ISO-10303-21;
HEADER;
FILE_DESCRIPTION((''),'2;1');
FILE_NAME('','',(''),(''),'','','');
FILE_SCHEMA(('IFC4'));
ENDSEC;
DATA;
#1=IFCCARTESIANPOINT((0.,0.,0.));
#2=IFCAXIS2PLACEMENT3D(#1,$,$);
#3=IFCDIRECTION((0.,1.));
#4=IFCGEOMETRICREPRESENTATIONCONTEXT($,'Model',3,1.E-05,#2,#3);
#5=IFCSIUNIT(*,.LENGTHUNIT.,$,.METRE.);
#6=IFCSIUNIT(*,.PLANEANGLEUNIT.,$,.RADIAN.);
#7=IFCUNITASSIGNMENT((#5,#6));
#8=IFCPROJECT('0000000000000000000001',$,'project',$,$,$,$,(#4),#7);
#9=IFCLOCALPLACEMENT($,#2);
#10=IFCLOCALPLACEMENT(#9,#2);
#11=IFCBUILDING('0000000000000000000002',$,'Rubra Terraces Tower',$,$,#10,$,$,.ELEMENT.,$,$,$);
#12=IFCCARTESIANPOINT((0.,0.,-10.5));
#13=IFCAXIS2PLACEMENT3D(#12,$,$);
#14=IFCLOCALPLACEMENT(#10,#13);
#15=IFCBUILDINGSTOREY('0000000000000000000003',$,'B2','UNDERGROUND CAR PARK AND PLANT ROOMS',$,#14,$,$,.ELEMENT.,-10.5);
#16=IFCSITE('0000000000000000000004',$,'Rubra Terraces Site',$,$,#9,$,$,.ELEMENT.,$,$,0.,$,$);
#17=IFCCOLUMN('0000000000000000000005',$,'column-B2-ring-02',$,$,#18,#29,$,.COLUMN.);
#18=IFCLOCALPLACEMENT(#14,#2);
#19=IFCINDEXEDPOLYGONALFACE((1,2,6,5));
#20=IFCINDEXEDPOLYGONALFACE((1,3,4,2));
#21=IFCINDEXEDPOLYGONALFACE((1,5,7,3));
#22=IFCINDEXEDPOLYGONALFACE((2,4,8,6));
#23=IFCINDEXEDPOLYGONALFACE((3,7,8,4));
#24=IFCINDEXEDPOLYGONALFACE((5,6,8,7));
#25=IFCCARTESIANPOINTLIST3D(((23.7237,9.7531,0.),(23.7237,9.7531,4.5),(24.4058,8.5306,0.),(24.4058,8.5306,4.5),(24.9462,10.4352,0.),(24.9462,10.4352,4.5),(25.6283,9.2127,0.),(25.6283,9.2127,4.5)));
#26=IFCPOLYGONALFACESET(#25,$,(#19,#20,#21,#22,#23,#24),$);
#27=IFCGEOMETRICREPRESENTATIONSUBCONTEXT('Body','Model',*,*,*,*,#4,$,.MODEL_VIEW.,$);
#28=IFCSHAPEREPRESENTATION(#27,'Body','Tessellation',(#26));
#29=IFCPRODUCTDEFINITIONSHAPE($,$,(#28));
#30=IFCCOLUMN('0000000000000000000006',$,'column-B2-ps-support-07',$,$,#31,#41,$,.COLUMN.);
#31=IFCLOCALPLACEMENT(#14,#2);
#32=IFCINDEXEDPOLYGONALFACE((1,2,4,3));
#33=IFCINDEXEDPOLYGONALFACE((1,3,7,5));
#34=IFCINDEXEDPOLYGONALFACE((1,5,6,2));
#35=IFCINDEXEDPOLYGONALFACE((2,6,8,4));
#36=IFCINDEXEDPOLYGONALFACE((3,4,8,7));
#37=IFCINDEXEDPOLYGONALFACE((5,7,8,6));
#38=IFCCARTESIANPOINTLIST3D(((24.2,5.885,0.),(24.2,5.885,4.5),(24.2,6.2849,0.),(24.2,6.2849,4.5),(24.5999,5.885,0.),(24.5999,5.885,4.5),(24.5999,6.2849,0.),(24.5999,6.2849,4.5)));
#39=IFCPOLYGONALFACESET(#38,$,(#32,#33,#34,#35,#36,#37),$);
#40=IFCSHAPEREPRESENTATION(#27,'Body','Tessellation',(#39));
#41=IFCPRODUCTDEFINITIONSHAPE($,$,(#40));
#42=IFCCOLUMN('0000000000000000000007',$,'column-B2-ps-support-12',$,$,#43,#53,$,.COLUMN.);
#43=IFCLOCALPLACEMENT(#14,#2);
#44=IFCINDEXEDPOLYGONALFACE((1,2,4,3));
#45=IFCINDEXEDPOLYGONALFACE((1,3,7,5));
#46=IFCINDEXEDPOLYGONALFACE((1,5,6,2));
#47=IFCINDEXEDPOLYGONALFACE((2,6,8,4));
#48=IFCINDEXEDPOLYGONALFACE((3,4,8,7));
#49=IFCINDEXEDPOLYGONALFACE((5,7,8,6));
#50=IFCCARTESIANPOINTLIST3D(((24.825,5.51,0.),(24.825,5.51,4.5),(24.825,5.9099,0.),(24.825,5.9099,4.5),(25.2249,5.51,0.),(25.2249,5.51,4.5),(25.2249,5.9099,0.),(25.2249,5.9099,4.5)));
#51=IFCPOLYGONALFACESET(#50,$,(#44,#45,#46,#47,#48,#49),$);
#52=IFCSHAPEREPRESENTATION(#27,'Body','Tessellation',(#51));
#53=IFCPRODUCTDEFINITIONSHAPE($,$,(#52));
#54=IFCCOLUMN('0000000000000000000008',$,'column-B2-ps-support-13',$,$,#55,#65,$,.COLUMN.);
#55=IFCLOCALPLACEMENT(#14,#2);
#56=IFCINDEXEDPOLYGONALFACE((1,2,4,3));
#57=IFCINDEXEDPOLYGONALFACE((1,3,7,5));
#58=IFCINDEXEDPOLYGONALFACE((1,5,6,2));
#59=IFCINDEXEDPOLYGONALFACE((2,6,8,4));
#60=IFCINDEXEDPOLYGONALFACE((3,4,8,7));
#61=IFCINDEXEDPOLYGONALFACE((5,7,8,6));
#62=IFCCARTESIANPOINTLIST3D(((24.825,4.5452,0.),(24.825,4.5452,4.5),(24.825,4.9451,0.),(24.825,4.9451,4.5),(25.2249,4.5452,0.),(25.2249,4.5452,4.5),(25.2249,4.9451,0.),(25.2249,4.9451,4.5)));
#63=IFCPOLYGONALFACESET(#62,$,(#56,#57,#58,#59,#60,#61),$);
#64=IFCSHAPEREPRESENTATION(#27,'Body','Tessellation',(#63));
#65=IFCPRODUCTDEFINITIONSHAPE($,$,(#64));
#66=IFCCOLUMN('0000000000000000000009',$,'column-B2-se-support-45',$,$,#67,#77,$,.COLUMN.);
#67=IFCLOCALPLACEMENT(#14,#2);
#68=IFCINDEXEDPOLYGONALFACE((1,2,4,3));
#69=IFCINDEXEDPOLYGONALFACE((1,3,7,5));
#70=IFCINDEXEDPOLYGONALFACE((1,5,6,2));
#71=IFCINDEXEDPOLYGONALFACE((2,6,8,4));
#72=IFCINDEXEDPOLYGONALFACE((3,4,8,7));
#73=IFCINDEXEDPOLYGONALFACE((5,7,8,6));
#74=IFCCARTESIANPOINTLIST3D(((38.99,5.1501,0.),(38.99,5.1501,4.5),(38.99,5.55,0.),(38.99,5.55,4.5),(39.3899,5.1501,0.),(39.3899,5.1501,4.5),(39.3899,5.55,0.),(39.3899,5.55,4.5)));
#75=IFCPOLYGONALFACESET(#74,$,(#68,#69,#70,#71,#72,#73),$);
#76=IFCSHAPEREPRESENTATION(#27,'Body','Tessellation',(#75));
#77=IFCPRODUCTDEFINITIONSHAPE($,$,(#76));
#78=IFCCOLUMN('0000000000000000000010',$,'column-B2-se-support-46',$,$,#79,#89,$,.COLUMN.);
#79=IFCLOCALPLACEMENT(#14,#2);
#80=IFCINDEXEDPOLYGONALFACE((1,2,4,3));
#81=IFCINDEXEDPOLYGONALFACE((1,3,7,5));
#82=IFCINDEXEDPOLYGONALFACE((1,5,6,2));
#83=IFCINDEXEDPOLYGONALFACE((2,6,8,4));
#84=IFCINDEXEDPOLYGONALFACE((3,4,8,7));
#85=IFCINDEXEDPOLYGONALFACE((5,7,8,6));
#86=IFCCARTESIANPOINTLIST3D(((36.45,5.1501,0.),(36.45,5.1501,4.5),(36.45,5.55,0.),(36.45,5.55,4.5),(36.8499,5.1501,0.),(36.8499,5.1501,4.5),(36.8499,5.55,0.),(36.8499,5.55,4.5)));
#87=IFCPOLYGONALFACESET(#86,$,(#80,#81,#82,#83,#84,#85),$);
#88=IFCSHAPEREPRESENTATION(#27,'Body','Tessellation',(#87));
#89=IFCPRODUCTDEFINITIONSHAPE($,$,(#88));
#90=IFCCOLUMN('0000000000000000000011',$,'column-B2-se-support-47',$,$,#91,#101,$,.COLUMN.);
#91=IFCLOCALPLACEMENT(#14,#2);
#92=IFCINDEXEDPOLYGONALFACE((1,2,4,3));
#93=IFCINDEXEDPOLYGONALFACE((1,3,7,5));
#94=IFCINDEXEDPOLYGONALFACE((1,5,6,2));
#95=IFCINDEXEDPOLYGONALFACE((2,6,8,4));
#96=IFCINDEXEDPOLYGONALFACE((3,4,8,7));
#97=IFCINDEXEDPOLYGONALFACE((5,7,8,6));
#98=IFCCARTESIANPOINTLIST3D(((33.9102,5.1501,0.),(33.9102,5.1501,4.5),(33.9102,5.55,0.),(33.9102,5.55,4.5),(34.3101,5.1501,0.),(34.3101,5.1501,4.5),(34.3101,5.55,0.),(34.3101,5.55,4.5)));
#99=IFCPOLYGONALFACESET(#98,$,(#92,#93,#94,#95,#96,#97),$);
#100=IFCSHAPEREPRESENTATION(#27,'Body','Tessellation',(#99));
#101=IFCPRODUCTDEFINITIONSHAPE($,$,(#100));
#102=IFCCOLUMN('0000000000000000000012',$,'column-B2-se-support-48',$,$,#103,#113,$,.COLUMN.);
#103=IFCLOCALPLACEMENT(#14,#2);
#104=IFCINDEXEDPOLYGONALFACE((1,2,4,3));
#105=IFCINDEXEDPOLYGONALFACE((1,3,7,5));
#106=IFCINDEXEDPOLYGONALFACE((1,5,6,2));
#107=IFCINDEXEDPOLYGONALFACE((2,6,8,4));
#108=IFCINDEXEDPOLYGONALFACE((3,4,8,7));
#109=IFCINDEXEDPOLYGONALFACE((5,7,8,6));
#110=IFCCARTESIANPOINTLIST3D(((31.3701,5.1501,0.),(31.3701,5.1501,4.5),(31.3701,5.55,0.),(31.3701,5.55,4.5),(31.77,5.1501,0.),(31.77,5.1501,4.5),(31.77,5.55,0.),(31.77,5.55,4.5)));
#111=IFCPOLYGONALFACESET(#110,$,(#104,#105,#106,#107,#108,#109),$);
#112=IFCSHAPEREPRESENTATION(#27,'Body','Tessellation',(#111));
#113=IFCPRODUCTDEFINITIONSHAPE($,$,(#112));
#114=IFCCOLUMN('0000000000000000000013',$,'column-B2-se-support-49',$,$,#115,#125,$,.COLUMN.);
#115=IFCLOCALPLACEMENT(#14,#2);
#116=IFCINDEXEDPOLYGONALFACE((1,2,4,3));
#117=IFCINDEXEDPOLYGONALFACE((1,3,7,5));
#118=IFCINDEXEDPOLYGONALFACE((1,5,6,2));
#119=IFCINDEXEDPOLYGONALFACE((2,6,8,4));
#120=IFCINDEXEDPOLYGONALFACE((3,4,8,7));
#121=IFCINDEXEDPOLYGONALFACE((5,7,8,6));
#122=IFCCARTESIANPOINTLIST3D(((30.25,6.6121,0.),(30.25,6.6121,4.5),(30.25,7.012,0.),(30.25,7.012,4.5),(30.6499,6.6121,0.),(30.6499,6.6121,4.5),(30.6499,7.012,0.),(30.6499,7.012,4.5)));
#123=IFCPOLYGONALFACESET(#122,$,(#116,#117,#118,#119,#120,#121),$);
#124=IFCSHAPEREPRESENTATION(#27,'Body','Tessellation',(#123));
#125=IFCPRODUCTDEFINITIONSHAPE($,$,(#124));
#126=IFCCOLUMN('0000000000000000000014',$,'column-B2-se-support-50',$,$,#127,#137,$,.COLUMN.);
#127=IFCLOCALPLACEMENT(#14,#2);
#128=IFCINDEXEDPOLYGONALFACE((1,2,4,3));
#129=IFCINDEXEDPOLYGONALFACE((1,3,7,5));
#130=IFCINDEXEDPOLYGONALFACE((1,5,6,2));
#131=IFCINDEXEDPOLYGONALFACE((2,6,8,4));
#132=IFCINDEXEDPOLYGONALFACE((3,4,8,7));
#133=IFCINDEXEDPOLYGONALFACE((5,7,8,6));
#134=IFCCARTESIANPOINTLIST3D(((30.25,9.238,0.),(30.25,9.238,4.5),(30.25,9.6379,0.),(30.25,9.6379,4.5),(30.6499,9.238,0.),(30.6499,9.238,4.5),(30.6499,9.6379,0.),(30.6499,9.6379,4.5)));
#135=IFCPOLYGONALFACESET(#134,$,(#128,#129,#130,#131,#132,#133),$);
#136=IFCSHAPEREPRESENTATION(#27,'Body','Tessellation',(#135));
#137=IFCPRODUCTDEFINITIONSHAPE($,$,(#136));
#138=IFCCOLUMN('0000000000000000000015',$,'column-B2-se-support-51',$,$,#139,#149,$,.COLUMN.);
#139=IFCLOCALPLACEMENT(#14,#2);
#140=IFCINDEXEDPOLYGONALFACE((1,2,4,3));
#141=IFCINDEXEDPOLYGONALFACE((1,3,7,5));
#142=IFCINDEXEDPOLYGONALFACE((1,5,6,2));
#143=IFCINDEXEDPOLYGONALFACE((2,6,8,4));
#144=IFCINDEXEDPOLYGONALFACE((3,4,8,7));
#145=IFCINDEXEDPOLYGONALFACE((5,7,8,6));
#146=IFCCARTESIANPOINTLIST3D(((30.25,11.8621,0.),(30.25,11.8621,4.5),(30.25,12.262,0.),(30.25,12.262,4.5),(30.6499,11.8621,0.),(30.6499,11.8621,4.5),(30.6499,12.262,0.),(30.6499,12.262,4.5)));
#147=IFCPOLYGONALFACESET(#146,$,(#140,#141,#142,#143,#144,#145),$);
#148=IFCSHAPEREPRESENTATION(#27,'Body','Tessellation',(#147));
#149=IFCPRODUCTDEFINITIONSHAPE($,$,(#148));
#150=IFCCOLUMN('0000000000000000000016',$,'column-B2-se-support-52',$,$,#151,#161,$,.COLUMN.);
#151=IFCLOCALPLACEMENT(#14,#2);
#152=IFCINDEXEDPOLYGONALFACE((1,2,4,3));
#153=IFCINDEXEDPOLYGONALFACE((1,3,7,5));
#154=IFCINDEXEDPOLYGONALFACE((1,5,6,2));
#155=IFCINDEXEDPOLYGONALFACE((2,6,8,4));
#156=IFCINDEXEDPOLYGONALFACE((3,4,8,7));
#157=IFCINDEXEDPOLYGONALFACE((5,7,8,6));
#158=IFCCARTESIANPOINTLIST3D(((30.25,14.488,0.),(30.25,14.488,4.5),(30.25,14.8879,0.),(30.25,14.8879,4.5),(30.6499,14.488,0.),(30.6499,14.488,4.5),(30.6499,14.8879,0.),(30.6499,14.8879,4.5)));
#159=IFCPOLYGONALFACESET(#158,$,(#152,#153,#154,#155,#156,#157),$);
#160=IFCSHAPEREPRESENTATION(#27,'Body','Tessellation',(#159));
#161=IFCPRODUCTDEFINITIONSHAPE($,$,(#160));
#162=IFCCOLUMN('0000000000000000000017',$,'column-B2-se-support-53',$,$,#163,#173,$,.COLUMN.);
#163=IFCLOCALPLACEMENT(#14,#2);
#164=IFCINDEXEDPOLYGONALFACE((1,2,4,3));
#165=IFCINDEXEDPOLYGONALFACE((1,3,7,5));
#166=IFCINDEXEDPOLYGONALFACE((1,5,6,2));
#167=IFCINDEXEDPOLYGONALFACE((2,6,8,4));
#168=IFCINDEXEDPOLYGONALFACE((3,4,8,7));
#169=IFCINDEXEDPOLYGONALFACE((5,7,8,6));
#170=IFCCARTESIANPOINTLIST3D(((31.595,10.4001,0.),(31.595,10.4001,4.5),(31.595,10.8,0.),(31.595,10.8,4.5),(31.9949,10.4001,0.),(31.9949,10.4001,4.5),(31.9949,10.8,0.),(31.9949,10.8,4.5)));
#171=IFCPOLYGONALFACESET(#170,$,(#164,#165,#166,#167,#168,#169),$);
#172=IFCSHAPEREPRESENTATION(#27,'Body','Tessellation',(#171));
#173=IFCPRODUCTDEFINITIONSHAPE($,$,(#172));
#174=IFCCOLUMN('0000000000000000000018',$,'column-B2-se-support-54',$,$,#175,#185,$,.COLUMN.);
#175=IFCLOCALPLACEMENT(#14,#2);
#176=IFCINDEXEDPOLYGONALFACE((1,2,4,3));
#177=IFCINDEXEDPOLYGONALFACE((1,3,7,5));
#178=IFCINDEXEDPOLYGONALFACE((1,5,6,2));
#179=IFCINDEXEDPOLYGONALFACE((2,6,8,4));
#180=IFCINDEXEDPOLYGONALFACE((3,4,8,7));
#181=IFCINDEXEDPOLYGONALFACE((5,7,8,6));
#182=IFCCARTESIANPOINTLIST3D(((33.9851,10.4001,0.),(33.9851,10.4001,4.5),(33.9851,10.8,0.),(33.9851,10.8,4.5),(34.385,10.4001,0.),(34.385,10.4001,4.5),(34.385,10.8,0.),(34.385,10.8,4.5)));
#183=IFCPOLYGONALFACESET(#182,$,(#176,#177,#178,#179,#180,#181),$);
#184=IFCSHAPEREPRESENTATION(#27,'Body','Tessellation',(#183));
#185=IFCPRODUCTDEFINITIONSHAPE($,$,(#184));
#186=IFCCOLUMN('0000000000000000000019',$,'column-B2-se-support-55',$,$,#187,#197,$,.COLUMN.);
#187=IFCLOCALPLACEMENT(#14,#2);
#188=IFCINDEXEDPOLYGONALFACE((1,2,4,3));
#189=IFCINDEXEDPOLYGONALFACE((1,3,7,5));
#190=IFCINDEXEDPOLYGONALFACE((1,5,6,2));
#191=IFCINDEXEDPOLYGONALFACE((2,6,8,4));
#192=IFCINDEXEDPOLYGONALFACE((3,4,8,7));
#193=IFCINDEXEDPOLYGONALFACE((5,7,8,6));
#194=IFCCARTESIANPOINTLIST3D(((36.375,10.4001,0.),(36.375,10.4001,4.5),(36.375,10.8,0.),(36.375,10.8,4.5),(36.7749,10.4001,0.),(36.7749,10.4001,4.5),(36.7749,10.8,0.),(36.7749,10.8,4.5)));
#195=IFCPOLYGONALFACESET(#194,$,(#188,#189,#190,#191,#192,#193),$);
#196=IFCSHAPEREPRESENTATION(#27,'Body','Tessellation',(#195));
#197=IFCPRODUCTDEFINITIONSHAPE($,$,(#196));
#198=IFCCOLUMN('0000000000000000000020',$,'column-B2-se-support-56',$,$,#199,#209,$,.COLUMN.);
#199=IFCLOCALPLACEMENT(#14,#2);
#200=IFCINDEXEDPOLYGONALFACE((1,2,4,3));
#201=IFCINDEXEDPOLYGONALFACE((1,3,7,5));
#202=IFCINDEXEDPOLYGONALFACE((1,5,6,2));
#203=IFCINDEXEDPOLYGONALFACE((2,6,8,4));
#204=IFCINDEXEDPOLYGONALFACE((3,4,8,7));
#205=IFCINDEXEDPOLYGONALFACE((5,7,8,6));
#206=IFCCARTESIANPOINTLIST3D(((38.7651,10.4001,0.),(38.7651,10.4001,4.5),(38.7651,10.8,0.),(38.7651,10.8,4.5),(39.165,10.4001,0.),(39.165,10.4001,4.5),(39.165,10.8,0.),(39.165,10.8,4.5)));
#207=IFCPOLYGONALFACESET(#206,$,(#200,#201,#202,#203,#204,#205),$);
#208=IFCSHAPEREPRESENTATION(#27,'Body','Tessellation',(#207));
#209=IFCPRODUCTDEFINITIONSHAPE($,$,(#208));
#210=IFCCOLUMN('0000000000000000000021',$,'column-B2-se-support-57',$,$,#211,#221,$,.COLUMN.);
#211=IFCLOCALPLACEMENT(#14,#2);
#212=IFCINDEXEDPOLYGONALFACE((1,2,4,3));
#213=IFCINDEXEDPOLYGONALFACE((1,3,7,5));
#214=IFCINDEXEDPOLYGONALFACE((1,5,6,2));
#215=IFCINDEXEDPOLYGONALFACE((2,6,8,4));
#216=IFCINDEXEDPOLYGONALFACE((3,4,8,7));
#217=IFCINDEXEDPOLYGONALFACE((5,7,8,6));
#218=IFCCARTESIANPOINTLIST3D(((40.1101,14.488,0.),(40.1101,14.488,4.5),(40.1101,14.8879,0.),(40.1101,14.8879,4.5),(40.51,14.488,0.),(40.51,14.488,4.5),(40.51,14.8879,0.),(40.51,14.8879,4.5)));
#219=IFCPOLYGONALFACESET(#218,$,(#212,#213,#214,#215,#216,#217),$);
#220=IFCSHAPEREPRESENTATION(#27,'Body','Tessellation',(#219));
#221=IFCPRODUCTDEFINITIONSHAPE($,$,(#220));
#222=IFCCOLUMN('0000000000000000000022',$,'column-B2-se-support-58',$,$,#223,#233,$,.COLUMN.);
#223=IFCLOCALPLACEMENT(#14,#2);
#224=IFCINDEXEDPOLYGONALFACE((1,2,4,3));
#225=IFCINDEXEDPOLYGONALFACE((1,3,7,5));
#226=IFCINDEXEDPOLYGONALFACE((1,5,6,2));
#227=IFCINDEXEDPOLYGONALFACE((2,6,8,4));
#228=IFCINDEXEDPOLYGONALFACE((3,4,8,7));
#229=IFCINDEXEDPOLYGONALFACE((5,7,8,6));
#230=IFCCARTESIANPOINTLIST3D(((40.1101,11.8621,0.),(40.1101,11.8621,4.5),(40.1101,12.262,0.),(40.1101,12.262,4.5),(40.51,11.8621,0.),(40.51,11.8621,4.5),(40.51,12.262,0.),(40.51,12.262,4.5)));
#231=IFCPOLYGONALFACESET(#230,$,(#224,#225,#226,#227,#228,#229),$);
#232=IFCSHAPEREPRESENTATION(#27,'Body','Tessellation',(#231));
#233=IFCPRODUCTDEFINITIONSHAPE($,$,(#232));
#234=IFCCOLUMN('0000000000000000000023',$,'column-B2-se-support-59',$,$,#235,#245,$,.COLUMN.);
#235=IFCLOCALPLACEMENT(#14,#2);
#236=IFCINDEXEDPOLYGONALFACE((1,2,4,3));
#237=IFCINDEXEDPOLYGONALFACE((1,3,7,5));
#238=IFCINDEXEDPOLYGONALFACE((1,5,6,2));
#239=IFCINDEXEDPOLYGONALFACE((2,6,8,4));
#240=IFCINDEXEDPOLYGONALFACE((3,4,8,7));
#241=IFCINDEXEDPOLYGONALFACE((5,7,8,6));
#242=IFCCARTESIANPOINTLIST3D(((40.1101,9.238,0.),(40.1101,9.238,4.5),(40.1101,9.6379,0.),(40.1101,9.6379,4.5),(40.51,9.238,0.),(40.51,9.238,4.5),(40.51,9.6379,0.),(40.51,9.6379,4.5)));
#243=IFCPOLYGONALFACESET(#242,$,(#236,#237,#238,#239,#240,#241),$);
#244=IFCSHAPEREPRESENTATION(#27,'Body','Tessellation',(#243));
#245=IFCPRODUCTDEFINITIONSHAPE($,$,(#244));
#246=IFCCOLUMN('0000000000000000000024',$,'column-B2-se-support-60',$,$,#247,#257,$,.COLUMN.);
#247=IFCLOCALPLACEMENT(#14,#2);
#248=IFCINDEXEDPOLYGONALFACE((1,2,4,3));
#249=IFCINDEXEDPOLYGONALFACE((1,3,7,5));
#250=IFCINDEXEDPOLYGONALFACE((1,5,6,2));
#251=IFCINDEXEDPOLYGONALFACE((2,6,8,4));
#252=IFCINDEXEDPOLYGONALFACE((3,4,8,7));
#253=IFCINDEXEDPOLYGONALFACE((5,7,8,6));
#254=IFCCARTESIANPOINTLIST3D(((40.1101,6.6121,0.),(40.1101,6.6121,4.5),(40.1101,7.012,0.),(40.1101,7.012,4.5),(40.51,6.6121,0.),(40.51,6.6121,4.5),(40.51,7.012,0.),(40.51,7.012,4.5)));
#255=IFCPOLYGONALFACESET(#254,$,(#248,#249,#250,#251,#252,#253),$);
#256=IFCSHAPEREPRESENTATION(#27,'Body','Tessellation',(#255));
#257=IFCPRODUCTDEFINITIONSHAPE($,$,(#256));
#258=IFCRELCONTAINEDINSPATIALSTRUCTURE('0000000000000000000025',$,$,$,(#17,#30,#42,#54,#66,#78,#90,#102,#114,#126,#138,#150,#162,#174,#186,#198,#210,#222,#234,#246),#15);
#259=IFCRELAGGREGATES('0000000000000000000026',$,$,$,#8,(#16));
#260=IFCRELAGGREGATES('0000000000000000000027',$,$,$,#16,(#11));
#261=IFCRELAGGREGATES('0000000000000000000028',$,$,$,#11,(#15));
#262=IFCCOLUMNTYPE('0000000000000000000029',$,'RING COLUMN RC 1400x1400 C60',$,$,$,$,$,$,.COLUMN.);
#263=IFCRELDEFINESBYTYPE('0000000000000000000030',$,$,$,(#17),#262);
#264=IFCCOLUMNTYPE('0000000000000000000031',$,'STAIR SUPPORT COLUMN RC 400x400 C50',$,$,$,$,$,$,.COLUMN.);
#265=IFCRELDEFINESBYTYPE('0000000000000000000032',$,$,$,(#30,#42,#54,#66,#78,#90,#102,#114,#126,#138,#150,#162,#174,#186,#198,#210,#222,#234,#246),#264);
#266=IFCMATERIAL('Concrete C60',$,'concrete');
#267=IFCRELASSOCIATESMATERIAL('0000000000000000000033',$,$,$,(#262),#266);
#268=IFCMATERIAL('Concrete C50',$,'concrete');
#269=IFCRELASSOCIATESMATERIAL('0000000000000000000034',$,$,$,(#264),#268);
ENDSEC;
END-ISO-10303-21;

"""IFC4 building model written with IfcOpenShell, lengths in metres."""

from ifc_helpers import new_model, si_unit, direction, frame, origin, origin_2d, place, context, subcontext, project, spatial, rectangle, extrude, material, material_profile, profile_set, type_object, element, save


model = new_model("IFC4")

# Units and contexts
model_context = context("Model", 3, precision=1e-05, world=origin(), true_north=direction((0.0, 1.0)))
body_context = subcontext(model_context, "Body", "Model", "MODEL_VIEW")
ifc_project = project(units=[si_unit("LENGTHUNIT", "METRE"), si_unit("PLANEANGLEUNIT", "RADIAN")], contexts=[model_context])

# Site, building, storey
site_placement = place(None, origin())
site = spatial("IfcSite", under=ifc_project, at=site_placement, Name="Rubra Terraces Site", CompositionType="ELEMENT", RefElevation=0.0)
building_placement = place(site_placement, origin())
building = spatial("IfcBuilding", under=site, at=building_placement, Name="Rubra Terraces Tower", CompositionType="ELEMENT")
storey_placement = place(building_placement, frame((0.0, 0.0, -10.5)))
storey = spatial("IfcBuildingStorey", under=building, at=storey_placement, Name="B2", Description="UNDERGROUND CAR PARK AND PLANT ROOMS", CompositionType="ELEMENT", Elevation=-10.5)

# Columns
ifc_material_1 = material(Name="Concrete C60", Category="concrete")
ifc_material_profile_1 = material_profile(ifc_material_1, rectangle(XDim=1.3999, YDim=1.3999, at=origin_2d()), Name="RC 1400x1400")
ifc_profile_set_1 = profile_set([ifc_material_profile_1], Name="Concrete C60")
column_type_1 = type_object("IfcColumnType", Name="RING COLUMN RC 1400x1400 C60", PredefinedType="COLUMN", material=ifc_profile_set_1)
column_placement = place(storey_placement, frame((24.676, 9.4829, 0.0), z_axis=(0.0, 0.0, 1.0), x_axis=(-0.487227, 0.873276, 0.0)))
element("IfcColumn", 1, at=column_placement, inside=storey, type_object=column_type_1, Name="column-B2-ring-02", PredefinedType="COLUMN", context=body_context, shape_type="SweptSolid", body=[
    extrude(rectangle(XDim=1.3999, YDim=1.3999, at=origin_2d()), origin(), (0.0, 0.0, 1.0), 4.5),
])
ifc_material_2 = material(Name="Concrete C50", Category="concrete")
ifc_material_profile_2 = material_profile(ifc_material_2, rectangle(XDim=0.3999, YDim=0.3999, at=origin_2d()), Name="RC 400x400")
ifc_profile_set_2 = profile_set([ifc_material_profile_2], Name="Concrete C50")
column_type_2 = type_object("IfcColumnType", Name="STAIR SUPPORT COLUMN RC 400x400 C50", PredefinedType="COLUMN", material=ifc_profile_set_2)
for number, where, z_axis, x_axis, name in (
    (2, (24.3999, 6.085, 0.0), (0.0, 0.0, 1.0), (1.0, 0.0, 0.0), "column-B2-ps-support-07"),
    (3, (25.0249, 5.71, 0.0), (0.0, 0.0, 1.0), (1.0, 0.0, 0.0), "column-B2-ps-support-12"),
    (4, (25.0249, 4.7451, 0.0), (0.0, 0.0, 1.0), (1.0, 0.0, 0.0), "column-B2-ps-support-13"),
    (5, (39.1899, 5.3501, 0.0), (0.0, 0.0, 1.0), (1.0, 0.0, 0.0), "column-B2-se-support-45"),
    (6, (36.6499, 5.3501, 0.0), (0.0, 0.0, 1.0), (1.0, 0.0, 0.0), "column-B2-se-support-46"),
    (7, (34.1101, 5.3501, 0.0), (0.0, 0.0, 1.0), (1.0, 0.0, 0.0), "column-B2-se-support-47"),
    (8, (31.5701, 5.3501, 0.0), (0.0, 0.0, 1.0), (1.0, 0.0, 0.0), "column-B2-se-support-48"),
    (9, (30.45, 6.812, 0.0), (0.0, 0.0, 1.0), (1.0, 0.0, 0.0), "column-B2-se-support-49"),
    (10, (30.45, 9.438, 0.0), (0.0, 0.0, 1.0), (1.0, 0.0, 0.0), "column-B2-se-support-50"),
    (11, (30.45, 12.062, 0.0), (0.0, 0.0, 1.0), (1.0, 0.0, 0.0), "column-B2-se-support-51"),
    (12, (30.45, 14.688, 0.0), (0.0, 0.0, 1.0), (1.0, 0.0, 0.0), "column-B2-se-support-52"),
    (13, (31.7949, 10.6001, 0.0), (0.0, 0.0, 1.0), (1.0, 0.0, 0.0), "column-B2-se-support-53"),
    (14, (34.1851, 10.6001, 0.0), (0.0, 0.0, 1.0), (1.0, 0.0, 0.0), "column-B2-se-support-54"),
    (15, (36.575, 10.6001, 0.0), (0.0, 0.0, 1.0), (1.0, 0.0, 0.0), "column-B2-se-support-55"),
    (16, (38.9651, 10.6001, 0.0), (0.0, 0.0, 1.0), (1.0, 0.0, 0.0), "column-B2-se-support-56"),
    (17, (40.3101, 14.688, 0.0), (0.0, 0.0, 1.0), (1.0, 0.0, 0.0), "column-B2-se-support-57"),
    (18, (40.3101, 12.062, 0.0), (0.0, 0.0, 1.0), (1.0, 0.0, 0.0), "column-B2-se-support-58"),
    (19, (40.3101, 9.438, 0.0), (0.0, 0.0, 1.0), (1.0, 0.0, 0.0), "column-B2-se-support-59"),
    (20, (40.3101, 6.812, 0.0), (0.0, 0.0, 1.0), (1.0, 0.0, 0.0), "column-B2-se-support-60"),
):
    element("IfcColumn", number, at=place(storey_placement, frame(where, z_axis=z_axis, x_axis=x_axis)), inside=storey, type_object=column_type_2, Name=name, PredefinedType="COLUMN", context=body_context, shape_type="SweptSolid", body=[
        extrude(rectangle(XDim=0.3999, YDim=0.3999, at=origin_2d()), origin(), (0.0, 0.0, 1.0), 4.5),
    ])

save(model, "model.ifc")
